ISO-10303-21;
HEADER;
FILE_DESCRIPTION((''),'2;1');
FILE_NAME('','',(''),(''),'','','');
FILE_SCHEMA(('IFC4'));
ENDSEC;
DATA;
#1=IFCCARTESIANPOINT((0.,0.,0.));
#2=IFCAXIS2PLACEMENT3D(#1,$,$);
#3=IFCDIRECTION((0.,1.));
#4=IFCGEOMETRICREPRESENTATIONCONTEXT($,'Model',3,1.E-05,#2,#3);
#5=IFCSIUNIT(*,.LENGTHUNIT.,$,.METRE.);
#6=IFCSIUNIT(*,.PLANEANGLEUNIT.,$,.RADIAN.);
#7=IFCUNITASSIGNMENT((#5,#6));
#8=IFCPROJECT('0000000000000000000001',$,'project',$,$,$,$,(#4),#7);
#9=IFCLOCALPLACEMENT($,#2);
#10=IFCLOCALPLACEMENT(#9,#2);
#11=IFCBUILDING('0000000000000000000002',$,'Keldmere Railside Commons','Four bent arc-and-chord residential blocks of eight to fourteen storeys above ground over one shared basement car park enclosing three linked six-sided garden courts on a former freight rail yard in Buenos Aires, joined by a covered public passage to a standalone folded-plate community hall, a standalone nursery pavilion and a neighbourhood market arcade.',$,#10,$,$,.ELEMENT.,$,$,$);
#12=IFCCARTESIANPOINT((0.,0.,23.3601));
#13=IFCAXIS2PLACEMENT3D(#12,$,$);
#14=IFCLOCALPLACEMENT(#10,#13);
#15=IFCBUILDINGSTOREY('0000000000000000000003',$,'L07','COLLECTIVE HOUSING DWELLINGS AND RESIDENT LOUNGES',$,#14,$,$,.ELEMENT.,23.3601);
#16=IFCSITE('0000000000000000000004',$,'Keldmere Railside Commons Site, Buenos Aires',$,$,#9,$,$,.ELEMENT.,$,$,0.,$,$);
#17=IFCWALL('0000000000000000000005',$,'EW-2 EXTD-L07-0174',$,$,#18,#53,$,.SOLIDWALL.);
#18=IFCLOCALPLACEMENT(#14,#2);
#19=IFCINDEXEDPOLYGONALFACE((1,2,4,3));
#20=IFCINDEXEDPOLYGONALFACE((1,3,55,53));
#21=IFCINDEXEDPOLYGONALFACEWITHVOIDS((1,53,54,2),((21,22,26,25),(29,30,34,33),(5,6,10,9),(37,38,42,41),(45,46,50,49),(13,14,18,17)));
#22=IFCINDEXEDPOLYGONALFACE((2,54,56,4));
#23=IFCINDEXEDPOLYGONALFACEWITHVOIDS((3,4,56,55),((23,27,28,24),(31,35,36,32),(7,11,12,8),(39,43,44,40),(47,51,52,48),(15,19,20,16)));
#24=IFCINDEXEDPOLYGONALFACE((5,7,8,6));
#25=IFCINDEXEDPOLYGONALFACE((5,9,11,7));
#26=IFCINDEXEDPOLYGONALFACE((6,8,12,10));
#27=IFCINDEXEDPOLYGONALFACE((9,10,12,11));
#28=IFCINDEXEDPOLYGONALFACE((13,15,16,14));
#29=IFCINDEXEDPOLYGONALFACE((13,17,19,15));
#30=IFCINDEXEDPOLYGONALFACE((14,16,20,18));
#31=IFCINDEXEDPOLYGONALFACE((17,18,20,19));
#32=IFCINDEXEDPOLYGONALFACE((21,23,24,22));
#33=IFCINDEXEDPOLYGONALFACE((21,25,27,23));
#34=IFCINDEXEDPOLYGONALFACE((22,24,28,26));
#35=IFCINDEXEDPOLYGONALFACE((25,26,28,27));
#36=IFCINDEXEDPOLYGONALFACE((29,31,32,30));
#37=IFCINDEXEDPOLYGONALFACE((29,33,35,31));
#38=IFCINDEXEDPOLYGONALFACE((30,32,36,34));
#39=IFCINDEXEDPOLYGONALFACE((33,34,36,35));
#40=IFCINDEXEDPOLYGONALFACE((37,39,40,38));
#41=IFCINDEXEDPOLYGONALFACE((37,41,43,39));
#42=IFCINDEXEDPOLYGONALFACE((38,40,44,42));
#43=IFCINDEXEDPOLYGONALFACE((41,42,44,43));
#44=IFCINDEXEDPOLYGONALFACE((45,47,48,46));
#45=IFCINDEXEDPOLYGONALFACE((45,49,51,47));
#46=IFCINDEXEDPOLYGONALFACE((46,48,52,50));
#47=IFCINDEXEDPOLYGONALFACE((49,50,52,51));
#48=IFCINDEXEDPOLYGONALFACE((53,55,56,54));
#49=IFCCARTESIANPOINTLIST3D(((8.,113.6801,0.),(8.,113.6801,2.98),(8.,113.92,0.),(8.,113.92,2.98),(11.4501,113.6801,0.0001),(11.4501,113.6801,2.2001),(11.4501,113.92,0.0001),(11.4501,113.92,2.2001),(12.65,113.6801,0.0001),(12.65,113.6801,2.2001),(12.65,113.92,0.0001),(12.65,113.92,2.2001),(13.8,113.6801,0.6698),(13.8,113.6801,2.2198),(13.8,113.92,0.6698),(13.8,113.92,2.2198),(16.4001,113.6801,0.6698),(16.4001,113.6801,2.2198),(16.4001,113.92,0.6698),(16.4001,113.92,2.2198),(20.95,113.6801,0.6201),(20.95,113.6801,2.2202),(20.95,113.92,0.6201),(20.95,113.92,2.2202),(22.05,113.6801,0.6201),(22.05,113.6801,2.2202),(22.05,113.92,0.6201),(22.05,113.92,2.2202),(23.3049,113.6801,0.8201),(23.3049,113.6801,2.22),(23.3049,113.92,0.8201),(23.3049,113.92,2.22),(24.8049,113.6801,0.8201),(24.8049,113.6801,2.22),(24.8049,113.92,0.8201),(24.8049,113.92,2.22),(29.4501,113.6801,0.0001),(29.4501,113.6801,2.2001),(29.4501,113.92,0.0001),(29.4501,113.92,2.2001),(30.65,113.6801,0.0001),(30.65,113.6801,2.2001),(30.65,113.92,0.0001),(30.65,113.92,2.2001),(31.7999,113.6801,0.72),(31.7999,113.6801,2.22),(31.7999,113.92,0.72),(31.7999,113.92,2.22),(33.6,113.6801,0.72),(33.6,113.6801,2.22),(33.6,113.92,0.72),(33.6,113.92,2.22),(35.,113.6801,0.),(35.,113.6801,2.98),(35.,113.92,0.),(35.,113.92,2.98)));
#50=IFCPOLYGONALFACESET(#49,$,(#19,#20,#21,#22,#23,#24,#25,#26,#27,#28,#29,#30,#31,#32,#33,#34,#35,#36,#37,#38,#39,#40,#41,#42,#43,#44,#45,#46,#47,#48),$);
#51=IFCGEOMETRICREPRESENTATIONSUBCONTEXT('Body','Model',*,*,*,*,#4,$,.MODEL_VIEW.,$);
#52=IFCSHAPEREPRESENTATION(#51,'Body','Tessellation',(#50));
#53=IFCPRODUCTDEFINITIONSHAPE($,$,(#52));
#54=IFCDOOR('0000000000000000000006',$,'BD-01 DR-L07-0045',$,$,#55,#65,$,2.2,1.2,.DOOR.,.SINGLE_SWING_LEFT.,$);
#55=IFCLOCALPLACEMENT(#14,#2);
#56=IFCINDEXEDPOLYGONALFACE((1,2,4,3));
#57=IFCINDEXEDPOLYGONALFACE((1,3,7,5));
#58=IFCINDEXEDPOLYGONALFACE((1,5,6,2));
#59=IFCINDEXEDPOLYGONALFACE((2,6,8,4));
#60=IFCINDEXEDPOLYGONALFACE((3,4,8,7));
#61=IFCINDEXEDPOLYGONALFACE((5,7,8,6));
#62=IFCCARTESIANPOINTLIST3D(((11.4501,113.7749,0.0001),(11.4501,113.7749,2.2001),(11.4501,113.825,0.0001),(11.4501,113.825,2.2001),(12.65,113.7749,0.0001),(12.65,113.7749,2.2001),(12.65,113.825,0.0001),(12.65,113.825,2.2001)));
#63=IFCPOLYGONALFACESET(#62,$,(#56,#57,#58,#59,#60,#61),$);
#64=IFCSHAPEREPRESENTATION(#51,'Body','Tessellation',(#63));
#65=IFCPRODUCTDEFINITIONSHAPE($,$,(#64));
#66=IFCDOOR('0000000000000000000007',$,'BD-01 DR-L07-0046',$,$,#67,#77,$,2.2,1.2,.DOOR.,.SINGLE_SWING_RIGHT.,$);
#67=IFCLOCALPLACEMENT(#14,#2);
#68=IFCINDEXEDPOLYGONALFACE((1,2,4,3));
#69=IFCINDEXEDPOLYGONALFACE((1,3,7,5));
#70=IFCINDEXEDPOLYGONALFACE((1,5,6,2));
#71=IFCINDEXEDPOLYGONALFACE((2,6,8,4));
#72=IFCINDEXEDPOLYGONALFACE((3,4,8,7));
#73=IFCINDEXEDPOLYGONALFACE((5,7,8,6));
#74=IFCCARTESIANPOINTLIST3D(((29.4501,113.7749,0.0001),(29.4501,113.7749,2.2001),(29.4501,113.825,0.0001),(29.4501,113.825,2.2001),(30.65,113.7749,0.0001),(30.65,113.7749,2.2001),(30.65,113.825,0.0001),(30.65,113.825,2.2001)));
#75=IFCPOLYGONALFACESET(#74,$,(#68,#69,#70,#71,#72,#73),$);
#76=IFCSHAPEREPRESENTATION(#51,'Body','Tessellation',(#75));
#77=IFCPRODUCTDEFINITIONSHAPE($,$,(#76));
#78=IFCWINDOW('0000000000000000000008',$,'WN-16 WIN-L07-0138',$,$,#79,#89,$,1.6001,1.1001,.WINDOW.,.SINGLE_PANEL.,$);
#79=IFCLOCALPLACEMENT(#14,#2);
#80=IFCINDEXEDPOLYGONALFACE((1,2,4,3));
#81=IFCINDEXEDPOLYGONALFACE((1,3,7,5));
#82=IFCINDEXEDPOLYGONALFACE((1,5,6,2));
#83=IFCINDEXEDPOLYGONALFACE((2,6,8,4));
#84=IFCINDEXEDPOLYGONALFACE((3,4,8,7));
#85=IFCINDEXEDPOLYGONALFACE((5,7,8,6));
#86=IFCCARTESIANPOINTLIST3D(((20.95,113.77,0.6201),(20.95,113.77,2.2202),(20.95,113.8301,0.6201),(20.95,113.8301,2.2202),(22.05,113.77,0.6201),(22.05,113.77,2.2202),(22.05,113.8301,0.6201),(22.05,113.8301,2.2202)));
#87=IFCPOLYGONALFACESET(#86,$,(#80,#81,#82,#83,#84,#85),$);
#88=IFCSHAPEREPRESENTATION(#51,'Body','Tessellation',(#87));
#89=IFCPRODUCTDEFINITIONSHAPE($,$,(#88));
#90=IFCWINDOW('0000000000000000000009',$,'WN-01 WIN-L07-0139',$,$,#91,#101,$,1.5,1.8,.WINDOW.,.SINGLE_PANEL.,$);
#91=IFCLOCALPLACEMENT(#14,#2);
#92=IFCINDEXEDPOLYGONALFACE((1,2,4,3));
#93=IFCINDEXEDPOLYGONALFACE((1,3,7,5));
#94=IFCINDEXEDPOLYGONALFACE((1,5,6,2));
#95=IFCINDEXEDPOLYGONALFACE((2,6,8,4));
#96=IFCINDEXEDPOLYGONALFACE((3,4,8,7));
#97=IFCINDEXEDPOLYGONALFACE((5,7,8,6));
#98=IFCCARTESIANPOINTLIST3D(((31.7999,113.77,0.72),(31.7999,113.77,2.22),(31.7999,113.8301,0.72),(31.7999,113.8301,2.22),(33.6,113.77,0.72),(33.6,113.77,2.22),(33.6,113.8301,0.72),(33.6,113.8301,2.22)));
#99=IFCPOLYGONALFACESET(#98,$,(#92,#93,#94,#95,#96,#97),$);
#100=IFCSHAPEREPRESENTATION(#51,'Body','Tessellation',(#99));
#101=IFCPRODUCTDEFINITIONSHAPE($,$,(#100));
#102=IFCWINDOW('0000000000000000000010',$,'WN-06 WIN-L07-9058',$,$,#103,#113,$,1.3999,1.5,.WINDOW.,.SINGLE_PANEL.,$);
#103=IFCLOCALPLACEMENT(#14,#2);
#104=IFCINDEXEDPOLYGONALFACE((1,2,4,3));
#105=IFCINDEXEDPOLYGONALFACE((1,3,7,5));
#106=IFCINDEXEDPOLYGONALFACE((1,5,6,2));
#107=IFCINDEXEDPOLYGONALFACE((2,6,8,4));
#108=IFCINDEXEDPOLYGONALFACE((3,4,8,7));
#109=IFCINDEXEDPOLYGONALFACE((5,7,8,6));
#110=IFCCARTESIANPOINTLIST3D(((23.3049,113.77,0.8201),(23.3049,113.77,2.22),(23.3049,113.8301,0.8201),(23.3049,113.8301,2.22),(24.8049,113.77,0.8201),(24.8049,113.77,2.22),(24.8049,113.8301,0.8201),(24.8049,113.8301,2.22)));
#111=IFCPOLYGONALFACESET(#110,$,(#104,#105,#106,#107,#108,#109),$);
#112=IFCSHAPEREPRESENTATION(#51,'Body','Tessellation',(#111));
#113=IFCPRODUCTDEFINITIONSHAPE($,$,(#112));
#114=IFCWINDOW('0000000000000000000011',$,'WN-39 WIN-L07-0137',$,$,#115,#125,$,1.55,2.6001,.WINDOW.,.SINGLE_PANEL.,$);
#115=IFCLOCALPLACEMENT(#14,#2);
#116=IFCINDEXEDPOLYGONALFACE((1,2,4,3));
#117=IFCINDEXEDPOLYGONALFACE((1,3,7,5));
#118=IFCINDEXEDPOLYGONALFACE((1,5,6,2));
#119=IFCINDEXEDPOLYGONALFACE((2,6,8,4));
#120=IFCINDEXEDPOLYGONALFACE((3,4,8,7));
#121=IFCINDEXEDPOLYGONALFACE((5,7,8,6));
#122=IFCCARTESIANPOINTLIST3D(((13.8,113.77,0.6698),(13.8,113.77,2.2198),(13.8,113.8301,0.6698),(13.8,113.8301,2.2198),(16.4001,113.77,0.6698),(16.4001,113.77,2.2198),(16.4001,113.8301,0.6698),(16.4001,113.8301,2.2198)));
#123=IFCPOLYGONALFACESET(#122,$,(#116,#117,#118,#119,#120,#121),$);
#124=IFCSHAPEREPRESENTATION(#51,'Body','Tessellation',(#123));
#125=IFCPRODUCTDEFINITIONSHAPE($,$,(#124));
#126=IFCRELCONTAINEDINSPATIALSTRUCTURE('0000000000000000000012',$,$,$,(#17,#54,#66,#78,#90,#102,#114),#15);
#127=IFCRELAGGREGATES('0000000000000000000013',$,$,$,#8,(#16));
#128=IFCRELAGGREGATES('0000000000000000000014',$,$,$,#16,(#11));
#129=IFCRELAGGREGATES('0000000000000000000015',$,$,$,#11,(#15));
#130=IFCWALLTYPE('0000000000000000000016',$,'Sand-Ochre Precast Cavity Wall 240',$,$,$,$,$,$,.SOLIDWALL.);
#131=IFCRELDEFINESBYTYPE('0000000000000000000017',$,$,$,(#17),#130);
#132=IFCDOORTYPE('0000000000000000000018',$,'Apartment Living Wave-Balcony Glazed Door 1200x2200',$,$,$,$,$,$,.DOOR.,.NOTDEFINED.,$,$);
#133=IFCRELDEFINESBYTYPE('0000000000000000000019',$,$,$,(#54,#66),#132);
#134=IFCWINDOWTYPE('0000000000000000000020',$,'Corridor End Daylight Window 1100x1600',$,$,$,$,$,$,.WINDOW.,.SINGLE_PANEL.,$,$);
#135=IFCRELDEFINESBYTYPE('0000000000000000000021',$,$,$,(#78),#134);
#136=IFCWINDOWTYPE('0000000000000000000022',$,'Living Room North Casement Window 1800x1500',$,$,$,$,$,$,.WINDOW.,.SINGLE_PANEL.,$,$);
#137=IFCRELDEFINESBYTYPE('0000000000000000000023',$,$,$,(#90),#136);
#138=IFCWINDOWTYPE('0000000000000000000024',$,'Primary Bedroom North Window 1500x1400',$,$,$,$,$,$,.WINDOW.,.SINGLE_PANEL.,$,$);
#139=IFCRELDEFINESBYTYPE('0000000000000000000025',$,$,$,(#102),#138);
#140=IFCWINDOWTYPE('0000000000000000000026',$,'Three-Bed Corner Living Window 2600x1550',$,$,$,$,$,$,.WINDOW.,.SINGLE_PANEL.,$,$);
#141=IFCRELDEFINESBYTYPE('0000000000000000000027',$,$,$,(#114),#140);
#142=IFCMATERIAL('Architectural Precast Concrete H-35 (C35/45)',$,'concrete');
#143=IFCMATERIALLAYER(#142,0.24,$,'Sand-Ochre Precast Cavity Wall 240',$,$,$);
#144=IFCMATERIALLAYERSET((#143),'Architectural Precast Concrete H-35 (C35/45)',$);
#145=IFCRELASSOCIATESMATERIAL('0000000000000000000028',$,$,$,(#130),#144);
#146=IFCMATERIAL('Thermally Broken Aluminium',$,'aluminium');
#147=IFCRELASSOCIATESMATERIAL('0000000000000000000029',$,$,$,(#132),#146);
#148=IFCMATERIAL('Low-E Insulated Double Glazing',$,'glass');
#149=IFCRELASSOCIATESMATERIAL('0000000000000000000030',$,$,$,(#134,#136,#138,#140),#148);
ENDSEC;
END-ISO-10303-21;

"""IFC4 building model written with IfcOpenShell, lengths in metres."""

from ifc_helpers import new_model, si_unit, direction, frame, frame_2d, origin, place, context, subcontext, project, spatial, rectangle, extrude, material, layer, layer_set, type_object, element, fill, save


model = new_model("IFC4")

# Units and contexts
model_context = context("Model", 3, precision=1e-05, world=origin(), true_north=direction((0.0, 1.0)))
body_context = subcontext(model_context, "Body", "Model", "MODEL_VIEW")
ifc_project = project(units=[si_unit("LENGTHUNIT", "METRE"), si_unit("PLANEANGLEUNIT", "RADIAN")], contexts=[model_context])

# Site, building, storey
site_placement = place(None, origin())
site = spatial("IfcSite", under=ifc_project, at=site_placement, Name="Keldmere Railside Commons Site, Buenos Aires", CompositionType="ELEMENT", RefElevation=0.0)
building_placement = place(site_placement, origin())
building = spatial("IfcBuilding", under=site, at=building_placement, Name="Keldmere Railside Commons", Description="Four bent arc-and-chord residential blocks of eight to fourteen storeys above ground over one shared basement car park enclosing three linked six-sided garden courts on a former freight rail yard in Buenos Aires, joined by a covered public passage to a standalone folded-plate community hall, a standalone nursery pavilion and a neighbourhood market arcade.", CompositionType="ELEMENT")
storey_placement = place(building_placement, frame((0.0, 0.0, 23.3601)))
storey = spatial("IfcBuildingStorey", under=building, at=storey_placement, Name="L07", Description="COLLECTIVE HOUSING DWELLINGS AND RESIDENT LOUNGES", CompositionType="ELEMENT", Elevation=23.3601)

# Wall, openings, doors, windows
ifc_material_1 = material(Name="Architectural Precast Concrete H-35 (C35/45)", Category="concrete")
ifc_layer_1 = layer(ifc_material_1, 0.24, Name="Sand-Ochre Precast Cavity Wall 240")
ifc_layer_set_1 = layer_set([ifc_layer_1], Name="Architectural Precast Concrete H-35 (C35/45)")
wall_type_1 = type_object("IfcWallType", Name="Sand-Ochre Precast Cavity Wall 240", PredefinedType="SOLIDWALL", material=ifc_layer_set_1)
wall_1_placement = place(storey_placement, frame((8.0, 113.8, 0.0), z_axis=(0.0, 0.0, 1.0), x_axis=(1.0, 0.0, 0.0)))
wall_1 = element("IfcWall", 1, at=wall_1_placement, inside=storey, type_object=wall_type_1, Name="EW-2 EXTD-L07-0174", PredefinedType="SOLIDWALL", context=body_context, shape_type="SweptSolid", body=[
    extrude(rectangle(XDim=27.0, YDim=0.24, at=frame_2d((13.5, 0.0))), origin(), (0.0, 0.0, 1.0), 2.98),
])
opening_1_placement = place(wall_1_placement, frame((3.45, 0.0, 0.0)))
opening_1 = element("IfcOpeningElement", 2, at=opening_1_placement, cuts=wall_1, PredefinedType="OPENING", context=body_context, shape_type="SweptSolid", body=[
    extrude(rectangle(XDim=1.2, YDim=2.2, at=frame_2d((0.6001, 1.1001))), frame((0.0, 0.1299, 0.0), z_axis=(0.0, -1.0, 0.0), x_axis=(1.0, 0.0, 0.0)), (0.0, 0.0, 1.0), 0.26),
])
opening_2_placement = place(wall_1_placement, frame((5.8, 0.0, 0.6699)))
opening_2 = element("IfcOpeningElement", 3, at=opening_2_placement, cuts=wall_1, PredefinedType="OPENING", context=body_context, shape_type="SweptSolid", body=[
    extrude(rectangle(XDim=2.6001, YDim=1.55, at=frame_2d((1.3, 0.7749))), frame((0.0, 0.1299, 0.0), z_axis=(0.0, -1.0, 0.0), x_axis=(1.0, 0.0, 0.0)), (0.0, 0.0, 1.0), 0.26),
])
opening_3_placement = place(wall_1_placement, frame((12.95, 0.0, 0.6201)))
opening_3 = element("IfcOpeningElement", 4, at=opening_3_placement, cuts=wall_1, PredefinedType="OPENING", context=body_context, shape_type="SweptSolid", body=[
    extrude(rectangle(XDim=1.1001, YDim=1.6001, at=frame_2d((0.55, 0.8))), frame((0.0, 0.1299, 0.0), z_axis=(0.0, -1.0, 0.0), x_axis=(1.0, 0.0, 0.0)), (0.0, 0.0, 1.0), 0.26),
])
opening_4_placement = place(wall_1_placement, frame((21.45, 0.0, 0.0)))
opening_4 = element("IfcOpeningElement", 5, at=opening_4_placement, cuts=wall_1, PredefinedType="OPENING", context=body_context, shape_type="SweptSolid", body=[
    extrude(rectangle(XDim=1.2, YDim=2.2, at=frame_2d((0.6001, 1.1001))), frame((0.0, 0.1299, 0.0), z_axis=(0.0, -1.0, 0.0), x_axis=(1.0, 0.0, 0.0)), (0.0, 0.0, 1.0), 0.26),
])
opening_5_placement = place(wall_1_placement, frame((23.8, 0.0, 0.72)))
opening_5 = element("IfcOpeningElement", 6, at=opening_5_placement, cuts=wall_1, PredefinedType="OPENING", context=body_context, shape_type="SweptSolid", body=[
    extrude(rectangle(XDim=1.8, YDim=1.5, at=frame_2d((0.8999, 0.75))), frame((0.0, 0.1299, 0.0), z_axis=(0.0, -1.0, 0.0), x_axis=(1.0, 0.0, 0.0)), (0.0, 0.0, 1.0), 0.26),
])
opening_6_placement = place(wall_1_placement, frame((15.3049, 0.0, 0.8201)))
opening_6 = element("IfcOpeningElement", 7, at=opening_6_placement, cuts=wall_1, PredefinedType="OPENING", context=body_context, shape_type="SweptSolid", body=[
    extrude(rectangle(XDim=1.5, YDim=1.3999, at=frame_2d((0.75, 0.7))), frame((0.0, 0.1299, 0.0), z_axis=(0.0, -1.0, 0.0), x_axis=(1.0, 0.0, 0.0)), (0.0, 0.0, 1.0), 0.26),
])
ifc_material_2 = material(Name="Thermally Broken Aluminium", Category="aluminium")
door_type_1 = type_object("IfcDoorType", Name="Apartment Living Wave-Balcony Glazed Door 1200x2200", OperationType="NOTDEFINED", PredefinedType="DOOR", material=ifc_material_2)
door_1_placement = place(opening_1_placement, origin())
door_1 = element("IfcDoor", 8, at=door_1_placement, inside=storey, type_object=door_type_1, Name="BD-01 DR-L07-0045", OperationType="SINGLE_SWING_LEFT", OverallHeight=2.2, OverallWidth=1.2, PredefinedType="DOOR", context=body_context, shape_type="SweptSolid", body=[
    extrude(rectangle(XDim=1.2, YDim=2.2, at=frame_2d((0.6001, 1.1001))), frame((0.0, 0.0249, 0.0), z_axis=(0.0, -1.0, 0.0), x_axis=(1.0, 0.0, 0.0)), (0.0, 0.0, 1.0), 0.05),
])
fill(opening_1, door_1)
door_2_placement = place(opening_4_placement, origin())
door_2 = element("IfcDoor", 9, at=door_2_placement, inside=storey, type_object=door_type_1, Name="BD-01 DR-L07-0046", OperationType="SINGLE_SWING_RIGHT", OverallHeight=2.2, OverallWidth=1.2, PredefinedType="DOOR", context=body_context, shape_type="SweptSolid", body=[
    extrude(rectangle(XDim=1.2, YDim=2.2, at=frame_2d((0.6001, 1.1001))), frame((0.0, 0.0249, 0.0), z_axis=(0.0, -1.0, 0.0), x_axis=(1.0, 0.0, 0.0)), (0.0, 0.0, 1.0), 0.05),
])
fill(opening_4, door_2)
ifc_material_3 = material(Name="Low-E Insulated Double Glazing", Category="glass")
window_type_1 = type_object("IfcWindowType", Name="Corridor End Daylight Window 1100x1600", PartitioningType="SINGLE_PANEL", PredefinedType="WINDOW", material=ifc_material_3)
window_1_placement = place(opening_3_placement, origin())
window_1 = element("IfcWindow", 10, at=window_1_placement, inside=storey, type_object=window_type_1, Name="WN-16 WIN-L07-0138", OverallHeight=1.6001, OverallWidth=1.1001, PartitioningType="SINGLE_PANEL", PredefinedType="WINDOW", context=body_context, shape_type="SweptSolid", body=[
    extrude(rectangle(XDim=1.1001, YDim=1.6001, at=frame_2d((0.55, 0.8))), frame((0.0, 0.03, 0.0), z_axis=(0.0, -1.0, 0.0), x_axis=(1.0, 0.0, 0.0)), (0.0, 0.0, 1.0), 0.0601),
])
fill(opening_3, window_1)
window_type_2 = type_object("IfcWindowType", Name="Living Room North Casement Window 1800x1500", PartitioningType="SINGLE_PANEL", PredefinedType="WINDOW", material=ifc_material_3)
window_2_placement = place(opening_5_placement, origin())
window_2 = element("IfcWindow", 11, at=window_2_placement, inside=storey, type_object=window_type_2, Name="WN-01 WIN-L07-0139", OverallHeight=1.5, OverallWidth=1.8, PartitioningType="SINGLE_PANEL", PredefinedType="WINDOW", context=body_context, shape_type="SweptSolid", body=[
    extrude(rectangle(XDim=1.8, YDim=1.5, at=frame_2d((0.8999, 0.75))), frame((0.0, 0.03, 0.0), z_axis=(0.0, -1.0, 0.0), x_axis=(1.0, 0.0, 0.0)), (0.0, 0.0, 1.0), 0.0601),
])
fill(opening_5, window_2)
window_type_3 = type_object("IfcWindowType", Name="Primary Bedroom North Window 1500x1400", PartitioningType="SINGLE_PANEL", PredefinedType="WINDOW", material=ifc_material_3)
window_3_placement = place(opening_6_placement, origin())
window_3 = element("IfcWindow", 12, at=window_3_placement, inside=storey, type_object=window_type_3, Name="WN-06 WIN-L07-9058", OverallHeight=1.3999, OverallWidth=1.5, PartitioningType="SINGLE_PANEL", PredefinedType="WINDOW", context=body_context, shape_type="SweptSolid", body=[
    extrude(rectangle(XDim=1.5, YDim=1.3999, at=frame_2d((0.75, 0.7))), frame((0.0, 0.03, 0.0), z_axis=(0.0, -1.0, 0.0), x_axis=(1.0, 0.0, 0.0)), (0.0, 0.0, 1.0), 0.0601),
])
fill(opening_6, window_3)
window_type_4 = type_object("IfcWindowType", Name="Three-Bed Corner Living Window 2600x1550", PartitioningType="SINGLE_PANEL", PredefinedType="WINDOW", material=ifc_material_3)
window_4_placement = place(opening_2_placement, origin())
window_4 = element("IfcWindow", 13, at=window_4_placement, inside=storey, type_object=window_type_4, Name="WN-39 WIN-L07-0137", OverallHeight=1.55, OverallWidth=2.6001, PartitioningType="SINGLE_PANEL", PredefinedType="WINDOW", context=body_context, shape_type="SweptSolid", body=[
    extrude(rectangle(XDim=2.6001, YDim=1.55, at=frame_2d((1.3, 0.7749))), frame((0.0, 0.03, 0.0), z_axis=(0.0, -1.0, 0.0), x_axis=(1.0, 0.0, 0.0)), (0.0, 0.0, 1.0), 0.0601),
])
fill(opening_2, window_4)

save(model, "model.ifc")
